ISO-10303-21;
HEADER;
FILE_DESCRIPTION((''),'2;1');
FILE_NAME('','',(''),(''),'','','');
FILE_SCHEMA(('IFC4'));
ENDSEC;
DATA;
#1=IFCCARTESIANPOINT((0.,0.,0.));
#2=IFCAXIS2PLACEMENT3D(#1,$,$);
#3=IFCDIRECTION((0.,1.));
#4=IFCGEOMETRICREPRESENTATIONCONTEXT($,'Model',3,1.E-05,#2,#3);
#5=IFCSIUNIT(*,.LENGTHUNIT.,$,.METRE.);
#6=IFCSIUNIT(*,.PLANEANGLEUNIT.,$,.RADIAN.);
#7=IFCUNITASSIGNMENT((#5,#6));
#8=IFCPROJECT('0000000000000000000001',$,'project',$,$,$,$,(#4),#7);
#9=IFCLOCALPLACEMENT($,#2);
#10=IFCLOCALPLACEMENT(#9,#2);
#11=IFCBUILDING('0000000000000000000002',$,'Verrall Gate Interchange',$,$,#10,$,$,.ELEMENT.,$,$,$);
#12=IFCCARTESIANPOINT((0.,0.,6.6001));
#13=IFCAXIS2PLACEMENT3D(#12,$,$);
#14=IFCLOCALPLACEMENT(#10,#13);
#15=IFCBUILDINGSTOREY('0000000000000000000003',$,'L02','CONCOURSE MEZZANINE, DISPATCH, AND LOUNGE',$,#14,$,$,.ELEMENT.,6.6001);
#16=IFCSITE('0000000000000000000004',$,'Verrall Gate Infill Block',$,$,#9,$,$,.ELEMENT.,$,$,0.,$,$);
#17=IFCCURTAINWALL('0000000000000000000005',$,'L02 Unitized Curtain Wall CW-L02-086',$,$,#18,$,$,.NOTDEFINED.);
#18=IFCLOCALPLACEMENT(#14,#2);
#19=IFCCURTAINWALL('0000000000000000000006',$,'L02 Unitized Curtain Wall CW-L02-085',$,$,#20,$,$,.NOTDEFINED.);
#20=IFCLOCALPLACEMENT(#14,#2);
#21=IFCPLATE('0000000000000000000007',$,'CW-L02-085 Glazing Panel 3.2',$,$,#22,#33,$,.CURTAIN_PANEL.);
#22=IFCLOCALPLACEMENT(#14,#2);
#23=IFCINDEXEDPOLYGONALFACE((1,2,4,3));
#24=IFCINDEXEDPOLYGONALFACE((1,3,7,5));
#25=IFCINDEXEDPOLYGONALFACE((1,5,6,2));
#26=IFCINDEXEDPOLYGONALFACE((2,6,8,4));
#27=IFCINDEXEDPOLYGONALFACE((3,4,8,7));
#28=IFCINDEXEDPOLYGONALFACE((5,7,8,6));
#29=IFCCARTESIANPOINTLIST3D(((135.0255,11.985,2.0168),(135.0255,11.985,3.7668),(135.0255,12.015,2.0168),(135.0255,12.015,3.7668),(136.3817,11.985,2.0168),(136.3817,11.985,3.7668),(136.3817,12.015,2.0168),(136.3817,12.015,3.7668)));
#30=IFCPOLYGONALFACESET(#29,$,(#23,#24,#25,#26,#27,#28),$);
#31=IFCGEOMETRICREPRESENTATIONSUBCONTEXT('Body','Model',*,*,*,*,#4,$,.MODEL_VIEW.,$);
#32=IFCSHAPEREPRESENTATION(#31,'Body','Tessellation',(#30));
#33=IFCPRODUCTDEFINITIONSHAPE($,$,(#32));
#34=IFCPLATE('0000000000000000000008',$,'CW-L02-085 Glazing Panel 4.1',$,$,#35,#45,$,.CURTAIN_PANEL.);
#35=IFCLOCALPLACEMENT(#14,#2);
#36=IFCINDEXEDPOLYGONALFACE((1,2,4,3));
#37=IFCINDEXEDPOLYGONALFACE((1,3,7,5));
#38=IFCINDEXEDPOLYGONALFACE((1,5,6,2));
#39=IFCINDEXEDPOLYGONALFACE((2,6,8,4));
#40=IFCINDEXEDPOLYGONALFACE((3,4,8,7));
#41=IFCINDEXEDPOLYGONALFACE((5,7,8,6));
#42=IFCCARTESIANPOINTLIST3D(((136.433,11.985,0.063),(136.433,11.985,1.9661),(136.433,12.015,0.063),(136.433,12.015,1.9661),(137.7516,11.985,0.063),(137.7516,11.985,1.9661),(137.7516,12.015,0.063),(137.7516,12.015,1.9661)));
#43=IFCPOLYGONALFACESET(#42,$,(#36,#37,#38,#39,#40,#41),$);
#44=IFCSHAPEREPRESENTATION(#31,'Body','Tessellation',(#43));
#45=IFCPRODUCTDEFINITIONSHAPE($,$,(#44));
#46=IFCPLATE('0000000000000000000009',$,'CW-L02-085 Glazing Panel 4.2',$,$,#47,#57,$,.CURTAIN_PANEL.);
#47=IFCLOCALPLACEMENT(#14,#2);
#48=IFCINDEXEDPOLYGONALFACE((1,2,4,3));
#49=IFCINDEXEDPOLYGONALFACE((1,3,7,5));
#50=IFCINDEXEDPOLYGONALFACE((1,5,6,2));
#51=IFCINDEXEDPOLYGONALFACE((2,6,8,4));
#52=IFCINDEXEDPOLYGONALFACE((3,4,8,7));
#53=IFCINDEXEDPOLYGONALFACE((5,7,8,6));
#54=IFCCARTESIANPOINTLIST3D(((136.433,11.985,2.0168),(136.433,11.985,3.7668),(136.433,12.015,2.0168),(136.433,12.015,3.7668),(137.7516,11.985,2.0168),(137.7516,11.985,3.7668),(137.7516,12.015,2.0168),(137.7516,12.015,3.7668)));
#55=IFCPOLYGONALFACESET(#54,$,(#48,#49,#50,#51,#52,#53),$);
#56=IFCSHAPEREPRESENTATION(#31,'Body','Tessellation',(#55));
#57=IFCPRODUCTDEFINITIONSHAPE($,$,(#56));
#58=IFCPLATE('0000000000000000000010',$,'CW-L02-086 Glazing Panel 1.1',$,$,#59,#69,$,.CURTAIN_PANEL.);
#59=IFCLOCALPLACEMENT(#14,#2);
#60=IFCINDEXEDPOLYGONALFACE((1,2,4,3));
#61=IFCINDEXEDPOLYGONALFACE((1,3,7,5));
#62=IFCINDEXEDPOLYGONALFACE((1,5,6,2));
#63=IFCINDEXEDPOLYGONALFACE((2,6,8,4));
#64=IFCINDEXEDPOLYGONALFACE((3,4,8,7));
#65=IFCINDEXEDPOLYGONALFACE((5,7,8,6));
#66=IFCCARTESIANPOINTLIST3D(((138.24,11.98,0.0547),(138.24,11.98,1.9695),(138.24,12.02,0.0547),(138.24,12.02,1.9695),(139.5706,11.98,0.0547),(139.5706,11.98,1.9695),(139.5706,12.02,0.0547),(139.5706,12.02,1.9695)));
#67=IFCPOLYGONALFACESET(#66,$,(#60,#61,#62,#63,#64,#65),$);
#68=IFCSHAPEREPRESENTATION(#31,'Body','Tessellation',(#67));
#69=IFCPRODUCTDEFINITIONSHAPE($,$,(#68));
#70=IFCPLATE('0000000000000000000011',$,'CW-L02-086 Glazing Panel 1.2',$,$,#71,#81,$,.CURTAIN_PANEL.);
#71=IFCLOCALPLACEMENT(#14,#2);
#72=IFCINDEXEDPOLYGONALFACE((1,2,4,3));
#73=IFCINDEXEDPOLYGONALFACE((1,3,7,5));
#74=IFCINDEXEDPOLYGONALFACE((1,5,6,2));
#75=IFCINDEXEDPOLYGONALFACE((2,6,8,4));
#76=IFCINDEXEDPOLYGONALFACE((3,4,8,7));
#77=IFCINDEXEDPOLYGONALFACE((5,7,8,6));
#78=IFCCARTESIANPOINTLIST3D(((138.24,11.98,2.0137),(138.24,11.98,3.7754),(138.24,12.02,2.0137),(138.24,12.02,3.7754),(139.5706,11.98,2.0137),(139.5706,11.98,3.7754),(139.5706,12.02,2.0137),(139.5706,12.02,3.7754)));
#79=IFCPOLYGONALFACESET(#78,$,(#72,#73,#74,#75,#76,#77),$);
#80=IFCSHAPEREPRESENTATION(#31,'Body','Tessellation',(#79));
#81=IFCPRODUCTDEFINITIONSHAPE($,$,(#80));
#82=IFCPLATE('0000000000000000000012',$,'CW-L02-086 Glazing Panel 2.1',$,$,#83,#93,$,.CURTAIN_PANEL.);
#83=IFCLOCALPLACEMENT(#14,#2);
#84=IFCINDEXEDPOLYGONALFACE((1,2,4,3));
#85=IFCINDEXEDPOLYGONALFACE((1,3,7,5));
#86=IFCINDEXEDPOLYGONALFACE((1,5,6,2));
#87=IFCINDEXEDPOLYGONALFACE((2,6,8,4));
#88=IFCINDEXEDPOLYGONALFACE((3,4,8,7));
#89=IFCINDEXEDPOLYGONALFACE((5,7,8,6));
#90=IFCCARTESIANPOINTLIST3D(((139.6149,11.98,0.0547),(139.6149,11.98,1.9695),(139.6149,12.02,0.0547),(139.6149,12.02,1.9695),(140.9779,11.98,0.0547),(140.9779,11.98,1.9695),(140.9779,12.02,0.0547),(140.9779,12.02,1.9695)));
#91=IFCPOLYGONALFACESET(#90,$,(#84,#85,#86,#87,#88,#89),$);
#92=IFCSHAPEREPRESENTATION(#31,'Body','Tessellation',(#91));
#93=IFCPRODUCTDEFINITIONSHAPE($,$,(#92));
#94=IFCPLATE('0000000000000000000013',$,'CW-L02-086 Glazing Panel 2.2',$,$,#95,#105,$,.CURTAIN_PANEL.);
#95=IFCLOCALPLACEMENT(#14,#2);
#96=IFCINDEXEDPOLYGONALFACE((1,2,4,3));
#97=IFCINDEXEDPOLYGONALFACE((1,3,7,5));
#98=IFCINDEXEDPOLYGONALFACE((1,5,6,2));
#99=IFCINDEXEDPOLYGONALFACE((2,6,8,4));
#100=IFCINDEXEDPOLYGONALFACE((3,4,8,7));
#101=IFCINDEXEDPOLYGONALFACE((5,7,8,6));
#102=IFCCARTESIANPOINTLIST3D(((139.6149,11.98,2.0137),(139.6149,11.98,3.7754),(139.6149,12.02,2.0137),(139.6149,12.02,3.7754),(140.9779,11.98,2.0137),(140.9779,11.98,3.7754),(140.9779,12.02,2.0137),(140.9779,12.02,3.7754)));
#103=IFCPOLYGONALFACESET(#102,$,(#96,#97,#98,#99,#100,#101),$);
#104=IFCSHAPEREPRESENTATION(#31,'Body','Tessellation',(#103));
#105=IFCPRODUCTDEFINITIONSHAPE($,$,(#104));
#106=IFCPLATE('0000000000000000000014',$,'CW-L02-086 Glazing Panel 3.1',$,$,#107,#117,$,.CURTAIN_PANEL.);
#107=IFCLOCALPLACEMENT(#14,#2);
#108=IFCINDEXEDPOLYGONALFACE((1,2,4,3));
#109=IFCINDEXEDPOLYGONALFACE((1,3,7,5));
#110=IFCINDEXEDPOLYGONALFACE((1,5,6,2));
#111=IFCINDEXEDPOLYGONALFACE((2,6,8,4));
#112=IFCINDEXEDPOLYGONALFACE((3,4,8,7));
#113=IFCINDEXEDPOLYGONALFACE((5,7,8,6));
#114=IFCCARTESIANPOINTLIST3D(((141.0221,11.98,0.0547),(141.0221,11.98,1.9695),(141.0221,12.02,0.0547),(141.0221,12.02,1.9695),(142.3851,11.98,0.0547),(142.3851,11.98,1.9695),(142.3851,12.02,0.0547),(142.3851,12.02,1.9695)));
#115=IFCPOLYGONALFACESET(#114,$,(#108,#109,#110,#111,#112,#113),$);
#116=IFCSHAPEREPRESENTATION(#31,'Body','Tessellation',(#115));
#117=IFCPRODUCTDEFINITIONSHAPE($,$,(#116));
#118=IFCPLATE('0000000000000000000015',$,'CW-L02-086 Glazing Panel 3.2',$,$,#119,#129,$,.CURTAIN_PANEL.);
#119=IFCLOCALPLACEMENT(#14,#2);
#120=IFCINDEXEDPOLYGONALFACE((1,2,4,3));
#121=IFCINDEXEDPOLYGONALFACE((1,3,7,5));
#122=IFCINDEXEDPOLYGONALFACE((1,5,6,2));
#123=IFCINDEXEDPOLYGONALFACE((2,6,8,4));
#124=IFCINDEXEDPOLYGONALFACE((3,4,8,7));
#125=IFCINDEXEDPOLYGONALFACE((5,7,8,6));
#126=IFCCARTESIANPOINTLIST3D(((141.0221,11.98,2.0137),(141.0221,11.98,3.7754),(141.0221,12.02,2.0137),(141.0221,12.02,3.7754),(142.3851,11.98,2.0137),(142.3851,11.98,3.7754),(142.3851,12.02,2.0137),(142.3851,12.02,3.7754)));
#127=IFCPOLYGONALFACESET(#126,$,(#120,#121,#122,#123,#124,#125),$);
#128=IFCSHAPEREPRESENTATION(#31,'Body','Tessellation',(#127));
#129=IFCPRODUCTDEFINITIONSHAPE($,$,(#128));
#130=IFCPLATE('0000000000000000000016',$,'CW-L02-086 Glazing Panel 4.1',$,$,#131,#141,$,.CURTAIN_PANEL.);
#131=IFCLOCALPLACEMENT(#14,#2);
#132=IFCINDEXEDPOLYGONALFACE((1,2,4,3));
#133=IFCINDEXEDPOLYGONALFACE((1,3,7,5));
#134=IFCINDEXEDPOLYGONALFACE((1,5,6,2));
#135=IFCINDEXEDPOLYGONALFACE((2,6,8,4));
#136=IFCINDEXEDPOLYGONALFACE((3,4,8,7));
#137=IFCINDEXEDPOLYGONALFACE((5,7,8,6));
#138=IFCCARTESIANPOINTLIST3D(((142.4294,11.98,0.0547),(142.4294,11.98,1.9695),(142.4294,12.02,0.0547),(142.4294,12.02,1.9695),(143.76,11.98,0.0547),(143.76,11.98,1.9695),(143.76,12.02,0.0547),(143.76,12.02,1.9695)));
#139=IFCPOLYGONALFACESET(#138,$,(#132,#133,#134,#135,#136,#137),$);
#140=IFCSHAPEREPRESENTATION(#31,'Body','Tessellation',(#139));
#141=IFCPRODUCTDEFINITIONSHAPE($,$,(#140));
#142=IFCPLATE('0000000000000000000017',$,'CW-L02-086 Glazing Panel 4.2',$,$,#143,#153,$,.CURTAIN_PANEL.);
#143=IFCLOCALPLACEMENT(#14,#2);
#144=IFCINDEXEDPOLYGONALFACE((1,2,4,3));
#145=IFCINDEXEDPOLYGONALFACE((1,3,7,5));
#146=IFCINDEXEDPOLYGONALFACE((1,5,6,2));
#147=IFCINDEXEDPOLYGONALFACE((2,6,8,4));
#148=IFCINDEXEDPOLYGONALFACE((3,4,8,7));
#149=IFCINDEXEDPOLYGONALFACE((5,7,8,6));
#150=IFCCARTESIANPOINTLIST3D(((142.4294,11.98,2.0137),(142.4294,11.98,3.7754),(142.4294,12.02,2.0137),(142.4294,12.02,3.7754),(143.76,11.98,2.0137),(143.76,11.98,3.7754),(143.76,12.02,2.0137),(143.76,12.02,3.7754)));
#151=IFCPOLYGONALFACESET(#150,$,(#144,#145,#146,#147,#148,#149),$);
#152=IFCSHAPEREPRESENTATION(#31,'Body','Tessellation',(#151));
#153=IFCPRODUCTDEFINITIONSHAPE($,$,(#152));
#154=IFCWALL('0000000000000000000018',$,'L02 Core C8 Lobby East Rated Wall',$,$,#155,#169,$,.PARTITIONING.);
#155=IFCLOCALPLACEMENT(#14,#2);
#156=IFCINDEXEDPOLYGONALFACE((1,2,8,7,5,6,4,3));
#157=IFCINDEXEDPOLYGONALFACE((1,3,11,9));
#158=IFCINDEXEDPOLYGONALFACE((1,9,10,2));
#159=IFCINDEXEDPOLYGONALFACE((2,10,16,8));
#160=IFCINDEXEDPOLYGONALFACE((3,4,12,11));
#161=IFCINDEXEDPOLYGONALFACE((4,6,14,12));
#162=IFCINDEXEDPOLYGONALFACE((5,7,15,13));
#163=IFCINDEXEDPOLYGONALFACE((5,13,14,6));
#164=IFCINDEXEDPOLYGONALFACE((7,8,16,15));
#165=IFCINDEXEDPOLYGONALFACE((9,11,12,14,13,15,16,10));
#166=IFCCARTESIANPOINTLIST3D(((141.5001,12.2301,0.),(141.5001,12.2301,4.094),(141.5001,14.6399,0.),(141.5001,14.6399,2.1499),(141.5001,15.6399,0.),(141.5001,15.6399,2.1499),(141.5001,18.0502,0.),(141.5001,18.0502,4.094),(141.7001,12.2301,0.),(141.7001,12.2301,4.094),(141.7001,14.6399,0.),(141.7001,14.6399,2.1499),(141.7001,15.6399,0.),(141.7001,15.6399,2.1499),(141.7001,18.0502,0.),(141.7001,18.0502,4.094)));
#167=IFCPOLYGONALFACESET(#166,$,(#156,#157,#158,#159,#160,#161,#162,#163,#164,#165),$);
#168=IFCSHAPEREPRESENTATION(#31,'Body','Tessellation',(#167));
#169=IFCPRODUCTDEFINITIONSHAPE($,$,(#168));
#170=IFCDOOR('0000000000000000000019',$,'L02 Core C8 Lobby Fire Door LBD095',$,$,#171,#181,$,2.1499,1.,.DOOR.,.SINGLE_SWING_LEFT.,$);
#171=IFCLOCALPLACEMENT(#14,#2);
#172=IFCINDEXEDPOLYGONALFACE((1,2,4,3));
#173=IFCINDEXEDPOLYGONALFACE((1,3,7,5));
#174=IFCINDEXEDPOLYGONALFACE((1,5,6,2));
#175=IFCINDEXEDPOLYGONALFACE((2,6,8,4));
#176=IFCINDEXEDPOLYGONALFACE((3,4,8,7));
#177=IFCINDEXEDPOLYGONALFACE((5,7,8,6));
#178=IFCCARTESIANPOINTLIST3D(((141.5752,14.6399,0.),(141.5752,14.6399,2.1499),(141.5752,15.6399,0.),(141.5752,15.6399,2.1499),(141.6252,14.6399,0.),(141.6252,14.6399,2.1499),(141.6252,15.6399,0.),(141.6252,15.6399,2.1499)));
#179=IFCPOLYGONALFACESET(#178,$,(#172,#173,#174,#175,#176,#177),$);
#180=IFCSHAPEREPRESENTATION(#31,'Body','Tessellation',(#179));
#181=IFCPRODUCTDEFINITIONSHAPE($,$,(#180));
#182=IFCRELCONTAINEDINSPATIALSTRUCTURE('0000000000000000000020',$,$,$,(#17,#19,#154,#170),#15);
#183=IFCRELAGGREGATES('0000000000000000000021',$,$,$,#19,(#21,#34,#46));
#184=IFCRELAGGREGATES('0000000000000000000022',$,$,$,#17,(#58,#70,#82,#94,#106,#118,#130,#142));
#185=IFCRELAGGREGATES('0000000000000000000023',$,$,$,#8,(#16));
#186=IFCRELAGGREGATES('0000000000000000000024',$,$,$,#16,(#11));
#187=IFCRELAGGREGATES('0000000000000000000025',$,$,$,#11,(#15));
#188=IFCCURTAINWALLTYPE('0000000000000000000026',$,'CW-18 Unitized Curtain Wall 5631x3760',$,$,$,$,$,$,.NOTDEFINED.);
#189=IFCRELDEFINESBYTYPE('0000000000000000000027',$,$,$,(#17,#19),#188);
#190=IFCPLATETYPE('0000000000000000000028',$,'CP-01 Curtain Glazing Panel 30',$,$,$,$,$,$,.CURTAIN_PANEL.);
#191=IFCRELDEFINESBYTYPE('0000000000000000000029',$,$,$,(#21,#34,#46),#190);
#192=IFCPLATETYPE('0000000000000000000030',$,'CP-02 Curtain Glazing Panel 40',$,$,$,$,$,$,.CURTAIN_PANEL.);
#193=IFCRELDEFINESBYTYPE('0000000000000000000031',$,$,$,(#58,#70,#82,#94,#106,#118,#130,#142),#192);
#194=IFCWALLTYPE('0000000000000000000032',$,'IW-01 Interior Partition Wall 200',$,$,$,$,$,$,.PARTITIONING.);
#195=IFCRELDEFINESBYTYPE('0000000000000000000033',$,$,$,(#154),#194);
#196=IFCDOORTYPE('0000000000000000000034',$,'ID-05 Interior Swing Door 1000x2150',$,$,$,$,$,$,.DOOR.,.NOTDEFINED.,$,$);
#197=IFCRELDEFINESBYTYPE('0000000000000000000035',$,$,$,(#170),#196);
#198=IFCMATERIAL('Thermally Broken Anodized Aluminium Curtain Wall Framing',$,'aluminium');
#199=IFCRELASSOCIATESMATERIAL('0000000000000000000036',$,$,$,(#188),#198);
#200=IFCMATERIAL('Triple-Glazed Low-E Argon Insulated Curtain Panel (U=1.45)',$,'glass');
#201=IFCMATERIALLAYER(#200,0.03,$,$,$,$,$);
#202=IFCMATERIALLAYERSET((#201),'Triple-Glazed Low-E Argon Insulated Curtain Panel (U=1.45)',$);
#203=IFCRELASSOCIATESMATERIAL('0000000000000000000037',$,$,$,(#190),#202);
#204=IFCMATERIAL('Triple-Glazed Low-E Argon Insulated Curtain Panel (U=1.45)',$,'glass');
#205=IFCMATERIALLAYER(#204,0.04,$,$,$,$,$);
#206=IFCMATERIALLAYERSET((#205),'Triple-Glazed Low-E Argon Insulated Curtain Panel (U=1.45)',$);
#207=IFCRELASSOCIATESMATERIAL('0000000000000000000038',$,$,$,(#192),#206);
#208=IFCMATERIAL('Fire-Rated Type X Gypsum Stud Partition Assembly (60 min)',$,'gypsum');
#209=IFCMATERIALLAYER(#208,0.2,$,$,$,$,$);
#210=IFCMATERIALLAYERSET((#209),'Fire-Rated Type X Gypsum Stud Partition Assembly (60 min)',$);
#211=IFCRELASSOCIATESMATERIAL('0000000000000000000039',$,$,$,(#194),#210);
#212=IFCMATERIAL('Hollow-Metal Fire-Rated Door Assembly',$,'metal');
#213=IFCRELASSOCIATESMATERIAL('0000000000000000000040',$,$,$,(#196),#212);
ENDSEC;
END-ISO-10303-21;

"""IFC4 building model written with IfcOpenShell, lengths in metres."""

from ifc_helpers import new_model, si_unit, direction, frame, frame_2d, origin, origin_2d, place, context, subcontext, project, spatial, rectangle, extrude, material, layer, layer_set, type_object, element, fill, aggregate, save


model = new_model("IFC4")

# Units and contexts
model_context = context("Model", 3, precision=1e-05, world=origin(), true_north=direction((0.0, 1.0)))
body_context = subcontext(model_context, "Body", "Model", "MODEL_VIEW")
ifc_project = project(units=[si_unit("LENGTHUNIT", "METRE"), si_unit("PLANEANGLEUNIT", "RADIAN")], contexts=[model_context])

# Site, building, storey
site_placement = place(None, origin())
site = spatial("IfcSite", under=ifc_project, at=site_placement, Name="Verrall Gate Infill Block", CompositionType="ELEMENT", RefElevation=0.0)
building_placement = place(site_placement, origin())
building = spatial("IfcBuilding", under=site, at=building_placement, Name="Verrall Gate Interchange", CompositionType="ELEMENT")
storey_placement = place(building_placement, frame((0.0, 0.0, 6.6001)))
storey = spatial("IfcBuildingStorey", under=building, at=storey_placement, Name="L02", Description="CONCOURSE MEZZANINE, DISPATCH, AND LOUNGE", CompositionType="ELEMENT", Elevation=6.6001)

# Curtain walls
ifc_material_1 = material(Name="Thermally Broken Anodized Aluminium Curtain Wall Framing", Category="aluminium")
curtain_wall_type = type_object("IfcCurtainWallType", Name="CW-18 Unitized Curtain Wall 5631x3760", PredefinedType="NOTDEFINED", material=ifc_material_1)
curtain_wall_1_placement = place(storey_placement, origin())
curtain_wall_1 = element("IfcCurtainWall", 1, at=curtain_wall_1_placement, inside=storey, type_object=curtain_wall_type, Name="L02 Unitized Curtain Wall CW-L02-086", PredefinedType="NOTDEFINED")
curtain_wall_2_placement = place(storey_placement, origin())
curtain_wall_2 = element("IfcCurtainWall", 2, at=curtain_wall_2_placement, inside=storey, type_object=curtain_wall_type, Name="L02 Unitized Curtain Wall CW-L02-085", PredefinedType="NOTDEFINED")

# Plates
ifc_material_2 = material(Name="Triple-Glazed Low-E Argon Insulated Curtain Panel (U=1.45)", Category="glass")
ifc_layer_1 = layer(ifc_material_2, 0.03)
ifc_layer_set_1 = layer_set([ifc_layer_1], Name="Triple-Glazed Low-E Argon Insulated Curtain Panel (U=1.45)")
plate_type_1 = type_object("IfcPlateType", Name="CP-01 Curtain Glazing Panel 30", PredefinedType="CURTAIN_PANEL", material=ifc_layer_set_1)
plate_1_placement = place(storey_placement, frame((135.7036, 12.0, 2.0168), z_axis=(0.0, 0.0, 1.0), x_axis=(1.0, 0.0, 0.0)))
plate_1 = element("IfcPlate", 3, at=plate_1_placement, type_object=plate_type_1, Name="CW-L02-085 Glazing Panel 3.2", PredefinedType="CURTAIN_PANEL", context=body_context, shape_type="SweptSolid", body=[
    extrude(rectangle(XDim=1.3562, YDim=0.03, at=origin_2d()), origin(), (0.0, 0.0, 1.0), 1.75),
])
plate_2_placement = place(storey_placement, frame((137.0923, 12.0, 0.063), z_axis=(0.0, 0.0, 1.0), x_axis=(1.0, 0.0, 0.0)))
plate_2 = element("IfcPlate", 4, at=plate_2_placement, type_object=plate_type_1, Name="CW-L02-085 Glazing Panel 4.1", PredefinedType="CURTAIN_PANEL", context=body_context, shape_type="SweptSolid", body=[
    extrude(rectangle(XDim=1.3186, YDim=0.03, at=origin_2d()), origin(), (0.0, 0.0, 1.0), 1.9031),
])
plate_3_placement = place(storey_placement, frame((137.0923, 12.0, 2.0168), z_axis=(0.0, 0.0, 1.0), x_axis=(1.0, 0.0, 0.0)))
plate_3 = element("IfcPlate", 5, at=plate_3_placement, type_object=plate_type_1, Name="CW-L02-085 Glazing Panel 4.2", PredefinedType="CURTAIN_PANEL", context=body_context, shape_type="SweptSolid", body=[
    extrude(rectangle(XDim=1.3186, YDim=0.03, at=origin_2d()), origin(), (0.0, 0.0, 1.0), 1.75),
])
aggregate(curtain_wall_2, [plate_1, plate_2, plate_3])
ifc_material_3 = material(Name="Triple-Glazed Low-E Argon Insulated Curtain Panel (U=1.45)", Category="glass")
ifc_layer_2 = layer(ifc_material_3, 0.04)
ifc_layer_set_2 = layer_set([ifc_layer_2], Name="Triple-Glazed Low-E Argon Insulated Curtain Panel (U=1.45)")
plate_type_2 = type_object("IfcPlateType", Name="CP-02 Curtain Glazing Panel 40", PredefinedType="CURTAIN_PANEL", material=ifc_layer_set_2)
plate_4_placement = place(storey_placement, frame((138.9053, 12.0, 0.0547), z_axis=(0.0, 0.0, 1.0), x_axis=(1.0, 0.0, 0.0)))
plate_4 = element("IfcPlate", 6, at=plate_4_placement, type_object=plate_type_2, Name="CW-L02-086 Glazing Panel 1.1", PredefinedType="CURTAIN_PANEL", context=body_context, shape_type="SweptSolid", body=[
    extrude(rectangle(XDim=1.3306, YDim=0.04, at=origin_2d()), origin(), (0.0, 0.0, 1.0), 1.9148),
])
plate_5_placement = place(storey_placement, frame((138.9053, 12.0, 2.0137), z_axis=(0.0, 0.0, 1.0), x_axis=(1.0, 0.0, 0.0)))
plate_5 = element("IfcPlate", 7, at=plate_5_placement, type_object=plate_type_2, Name="CW-L02-086 Glazing Panel 1.2", PredefinedType="CURTAIN_PANEL", context=body_context, shape_type="SweptSolid", body=[
    extrude(rectangle(XDim=1.3306, YDim=0.04, at=origin_2d()), origin(), (0.0, 0.0, 1.0), 1.7617),
])
plate_6_placement = place(storey_placement, frame((140.2964, 12.0, 0.0547), z_axis=(0.0, 0.0, 1.0), x_axis=(1.0, 0.0, 0.0)))
plate_6 = element("IfcPlate", 8, at=plate_6_placement, type_object=plate_type_2, Name="CW-L02-086 Glazing Panel 2.1", PredefinedType="CURTAIN_PANEL", context=body_context, shape_type="SweptSolid", body=[
    extrude(rectangle(XDim=1.363, YDim=0.04, at=origin_2d()), origin(), (0.0, 0.0, 1.0), 1.9148),
])
plate_7_placement = place(storey_placement, frame((140.2964, 12.0, 2.0137), z_axis=(0.0, 0.0, 1.0), x_axis=(1.0, 0.0, 0.0)))
plate_7 = element("IfcPlate", 9, at=plate_7_placement, type_object=plate_type_2, Name="CW-L02-086 Glazing Panel 2.2", PredefinedType="CURTAIN_PANEL", context=body_context, shape_type="SweptSolid", body=[
    extrude(rectangle(XDim=1.363, YDim=0.04, at=origin_2d()), origin(), (0.0, 0.0, 1.0), 1.7617),
])
plate_8_placement = place(storey_placement, frame((141.7036, 12.0, 0.0547), z_axis=(0.0, 0.0, 1.0), x_axis=(1.0, 0.0, 0.0)))
plate_8 = element("IfcPlate", 10, at=plate_8_placement, type_object=plate_type_2, Name="CW-L02-086 Glazing Panel 3.1", PredefinedType="CURTAIN_PANEL", context=body_context, shape_type="SweptSolid", body=[
    extrude(rectangle(XDim=1.363, YDim=0.04, at=origin_2d()), origin(), (0.0, 0.0, 1.0), 1.9148),
])
plate_9_placement = place(storey_placement, frame((141.7036, 12.0, 2.0137), z_axis=(0.0, 0.0, 1.0), x_axis=(1.0, 0.0, 0.0)))
plate_9 = element("IfcPlate", 11, at=plate_9_placement, type_object=plate_type_2, Name="CW-L02-086 Glazing Panel 3.2", PredefinedType="CURTAIN_PANEL", context=body_context, shape_type="SweptSolid", body=[
    extrude(rectangle(XDim=1.363, YDim=0.04, at=origin_2d()), origin(), (0.0, 0.0, 1.0), 1.7617),
])
plate_10_placement = place(storey_placement, frame((143.0947, 12.0, 0.0547), z_axis=(0.0, 0.0, 1.0), x_axis=(1.0, 0.0, 0.0)))
plate_10 = element("IfcPlate", 12, at=plate_10_placement, type_object=plate_type_2, Name="CW-L02-086 Glazing Panel 4.1", PredefinedType="CURTAIN_PANEL", context=body_context, shape_type="SweptSolid", body=[
    extrude(rectangle(XDim=1.3306, YDim=0.04, at=origin_2d()), origin(), (0.0, 0.0, 1.0), 1.9148),
])
plate_11_placement = place(storey_placement, frame((143.0947, 12.0, 2.0137), z_axis=(0.0, 0.0, 1.0), x_axis=(1.0, 0.0, 0.0)))
plate_11 = element("IfcPlate", 13, at=plate_11_placement, type_object=plate_type_2, Name="CW-L02-086 Glazing Panel 4.2", PredefinedType="CURTAIN_PANEL", context=body_context, shape_type="SweptSolid", body=[
    extrude(rectangle(XDim=1.3306, YDim=0.04, at=origin_2d()), origin(), (0.0, 0.0, 1.0), 1.7617),
])
aggregate(curtain_wall_1, [plate_4, plate_5, plate_6, plate_7, plate_8, plate_9, plate_10, plate_11])

# Wall, opening, door
ifc_material_4 = material(Name="Fire-Rated Type X Gypsum Stud Partition Assembly (60 min)", Category="gypsum")
ifc_layer_3 = layer(ifc_material_4, 0.2)
ifc_layer_set_3 = layer_set([ifc_layer_3], Name="Fire-Rated Type X Gypsum Stud Partition Assembly (60 min)")
wall_type = type_object("IfcWallType", Name="IW-01 Interior Partition Wall 200", PredefinedType="PARTITIONING", material=ifc_layer_set_3)
wall_placement = place(storey_placement, frame((141.6001, 12.23, 0.0), z_axis=(0.0, 0.0, 1.0), x_axis=(0.0, 1.0, 0.0)))
wall = element("IfcWall", 14, at=wall_placement, inside=storey, type_object=wall_type, Name="L02 Core C8 Lobby East Rated Wall", PredefinedType="PARTITIONING", context=body_context, shape_type="SweptSolid", body=[
    extrude(rectangle(XDim=5.8201, YDim=0.2, at=frame_2d((2.9102, 0.0))), origin(), (0.0, 0.0, 1.0), 4.094),
])
opening_placement = place(wall_placement, frame((2.4099, 0.0, 0.0)))
opening = element("IfcOpeningElement", 15, at=opening_placement, cuts=wall, PredefinedType="OPENING", context=body_context, shape_type="SweptSolid", body=[
    extrude(rectangle(XDim=1.0, YDim=2.1499, at=frame_2d((0.5, 1.075))), frame((0.0, 0.1147, 0.0), z_axis=(0.0, -1.0, 0.0), x_axis=(1.0, 0.0, 0.0)), (0.0, 0.0, 1.0), 0.2297),
])
ifc_material_5 = material(Name="Hollow-Metal Fire-Rated Door Assembly", Category="metal")
door_type = type_object("IfcDoorType", Name="ID-05 Interior Swing Door 1000x2150", OperationType="NOTDEFINED", PredefinedType="DOOR", material=ifc_material_5)
door_placement = place(opening_placement, origin())
door = element("IfcDoor", 16, at=door_placement, inside=storey, type_object=door_type, Name="L02 Core C8 Lobby Fire Door LBD095", OperationType="SINGLE_SWING_LEFT", OverallHeight=2.1499, OverallWidth=1.0, PredefinedType="DOOR", context=body_context, shape_type="SweptSolid", body=[
    extrude(rectangle(XDim=1.0, YDim=2.1499, at=frame_2d((0.5, 1.075))), frame((0.0, 0.0249, 0.0), z_axis=(0.0, -1.0, 0.0), x_axis=(1.0, 0.0, 0.0)), (0.0, 0.0, 1.0), 0.05),
])
fill(opening, door)

save(model, "model.ifc")
